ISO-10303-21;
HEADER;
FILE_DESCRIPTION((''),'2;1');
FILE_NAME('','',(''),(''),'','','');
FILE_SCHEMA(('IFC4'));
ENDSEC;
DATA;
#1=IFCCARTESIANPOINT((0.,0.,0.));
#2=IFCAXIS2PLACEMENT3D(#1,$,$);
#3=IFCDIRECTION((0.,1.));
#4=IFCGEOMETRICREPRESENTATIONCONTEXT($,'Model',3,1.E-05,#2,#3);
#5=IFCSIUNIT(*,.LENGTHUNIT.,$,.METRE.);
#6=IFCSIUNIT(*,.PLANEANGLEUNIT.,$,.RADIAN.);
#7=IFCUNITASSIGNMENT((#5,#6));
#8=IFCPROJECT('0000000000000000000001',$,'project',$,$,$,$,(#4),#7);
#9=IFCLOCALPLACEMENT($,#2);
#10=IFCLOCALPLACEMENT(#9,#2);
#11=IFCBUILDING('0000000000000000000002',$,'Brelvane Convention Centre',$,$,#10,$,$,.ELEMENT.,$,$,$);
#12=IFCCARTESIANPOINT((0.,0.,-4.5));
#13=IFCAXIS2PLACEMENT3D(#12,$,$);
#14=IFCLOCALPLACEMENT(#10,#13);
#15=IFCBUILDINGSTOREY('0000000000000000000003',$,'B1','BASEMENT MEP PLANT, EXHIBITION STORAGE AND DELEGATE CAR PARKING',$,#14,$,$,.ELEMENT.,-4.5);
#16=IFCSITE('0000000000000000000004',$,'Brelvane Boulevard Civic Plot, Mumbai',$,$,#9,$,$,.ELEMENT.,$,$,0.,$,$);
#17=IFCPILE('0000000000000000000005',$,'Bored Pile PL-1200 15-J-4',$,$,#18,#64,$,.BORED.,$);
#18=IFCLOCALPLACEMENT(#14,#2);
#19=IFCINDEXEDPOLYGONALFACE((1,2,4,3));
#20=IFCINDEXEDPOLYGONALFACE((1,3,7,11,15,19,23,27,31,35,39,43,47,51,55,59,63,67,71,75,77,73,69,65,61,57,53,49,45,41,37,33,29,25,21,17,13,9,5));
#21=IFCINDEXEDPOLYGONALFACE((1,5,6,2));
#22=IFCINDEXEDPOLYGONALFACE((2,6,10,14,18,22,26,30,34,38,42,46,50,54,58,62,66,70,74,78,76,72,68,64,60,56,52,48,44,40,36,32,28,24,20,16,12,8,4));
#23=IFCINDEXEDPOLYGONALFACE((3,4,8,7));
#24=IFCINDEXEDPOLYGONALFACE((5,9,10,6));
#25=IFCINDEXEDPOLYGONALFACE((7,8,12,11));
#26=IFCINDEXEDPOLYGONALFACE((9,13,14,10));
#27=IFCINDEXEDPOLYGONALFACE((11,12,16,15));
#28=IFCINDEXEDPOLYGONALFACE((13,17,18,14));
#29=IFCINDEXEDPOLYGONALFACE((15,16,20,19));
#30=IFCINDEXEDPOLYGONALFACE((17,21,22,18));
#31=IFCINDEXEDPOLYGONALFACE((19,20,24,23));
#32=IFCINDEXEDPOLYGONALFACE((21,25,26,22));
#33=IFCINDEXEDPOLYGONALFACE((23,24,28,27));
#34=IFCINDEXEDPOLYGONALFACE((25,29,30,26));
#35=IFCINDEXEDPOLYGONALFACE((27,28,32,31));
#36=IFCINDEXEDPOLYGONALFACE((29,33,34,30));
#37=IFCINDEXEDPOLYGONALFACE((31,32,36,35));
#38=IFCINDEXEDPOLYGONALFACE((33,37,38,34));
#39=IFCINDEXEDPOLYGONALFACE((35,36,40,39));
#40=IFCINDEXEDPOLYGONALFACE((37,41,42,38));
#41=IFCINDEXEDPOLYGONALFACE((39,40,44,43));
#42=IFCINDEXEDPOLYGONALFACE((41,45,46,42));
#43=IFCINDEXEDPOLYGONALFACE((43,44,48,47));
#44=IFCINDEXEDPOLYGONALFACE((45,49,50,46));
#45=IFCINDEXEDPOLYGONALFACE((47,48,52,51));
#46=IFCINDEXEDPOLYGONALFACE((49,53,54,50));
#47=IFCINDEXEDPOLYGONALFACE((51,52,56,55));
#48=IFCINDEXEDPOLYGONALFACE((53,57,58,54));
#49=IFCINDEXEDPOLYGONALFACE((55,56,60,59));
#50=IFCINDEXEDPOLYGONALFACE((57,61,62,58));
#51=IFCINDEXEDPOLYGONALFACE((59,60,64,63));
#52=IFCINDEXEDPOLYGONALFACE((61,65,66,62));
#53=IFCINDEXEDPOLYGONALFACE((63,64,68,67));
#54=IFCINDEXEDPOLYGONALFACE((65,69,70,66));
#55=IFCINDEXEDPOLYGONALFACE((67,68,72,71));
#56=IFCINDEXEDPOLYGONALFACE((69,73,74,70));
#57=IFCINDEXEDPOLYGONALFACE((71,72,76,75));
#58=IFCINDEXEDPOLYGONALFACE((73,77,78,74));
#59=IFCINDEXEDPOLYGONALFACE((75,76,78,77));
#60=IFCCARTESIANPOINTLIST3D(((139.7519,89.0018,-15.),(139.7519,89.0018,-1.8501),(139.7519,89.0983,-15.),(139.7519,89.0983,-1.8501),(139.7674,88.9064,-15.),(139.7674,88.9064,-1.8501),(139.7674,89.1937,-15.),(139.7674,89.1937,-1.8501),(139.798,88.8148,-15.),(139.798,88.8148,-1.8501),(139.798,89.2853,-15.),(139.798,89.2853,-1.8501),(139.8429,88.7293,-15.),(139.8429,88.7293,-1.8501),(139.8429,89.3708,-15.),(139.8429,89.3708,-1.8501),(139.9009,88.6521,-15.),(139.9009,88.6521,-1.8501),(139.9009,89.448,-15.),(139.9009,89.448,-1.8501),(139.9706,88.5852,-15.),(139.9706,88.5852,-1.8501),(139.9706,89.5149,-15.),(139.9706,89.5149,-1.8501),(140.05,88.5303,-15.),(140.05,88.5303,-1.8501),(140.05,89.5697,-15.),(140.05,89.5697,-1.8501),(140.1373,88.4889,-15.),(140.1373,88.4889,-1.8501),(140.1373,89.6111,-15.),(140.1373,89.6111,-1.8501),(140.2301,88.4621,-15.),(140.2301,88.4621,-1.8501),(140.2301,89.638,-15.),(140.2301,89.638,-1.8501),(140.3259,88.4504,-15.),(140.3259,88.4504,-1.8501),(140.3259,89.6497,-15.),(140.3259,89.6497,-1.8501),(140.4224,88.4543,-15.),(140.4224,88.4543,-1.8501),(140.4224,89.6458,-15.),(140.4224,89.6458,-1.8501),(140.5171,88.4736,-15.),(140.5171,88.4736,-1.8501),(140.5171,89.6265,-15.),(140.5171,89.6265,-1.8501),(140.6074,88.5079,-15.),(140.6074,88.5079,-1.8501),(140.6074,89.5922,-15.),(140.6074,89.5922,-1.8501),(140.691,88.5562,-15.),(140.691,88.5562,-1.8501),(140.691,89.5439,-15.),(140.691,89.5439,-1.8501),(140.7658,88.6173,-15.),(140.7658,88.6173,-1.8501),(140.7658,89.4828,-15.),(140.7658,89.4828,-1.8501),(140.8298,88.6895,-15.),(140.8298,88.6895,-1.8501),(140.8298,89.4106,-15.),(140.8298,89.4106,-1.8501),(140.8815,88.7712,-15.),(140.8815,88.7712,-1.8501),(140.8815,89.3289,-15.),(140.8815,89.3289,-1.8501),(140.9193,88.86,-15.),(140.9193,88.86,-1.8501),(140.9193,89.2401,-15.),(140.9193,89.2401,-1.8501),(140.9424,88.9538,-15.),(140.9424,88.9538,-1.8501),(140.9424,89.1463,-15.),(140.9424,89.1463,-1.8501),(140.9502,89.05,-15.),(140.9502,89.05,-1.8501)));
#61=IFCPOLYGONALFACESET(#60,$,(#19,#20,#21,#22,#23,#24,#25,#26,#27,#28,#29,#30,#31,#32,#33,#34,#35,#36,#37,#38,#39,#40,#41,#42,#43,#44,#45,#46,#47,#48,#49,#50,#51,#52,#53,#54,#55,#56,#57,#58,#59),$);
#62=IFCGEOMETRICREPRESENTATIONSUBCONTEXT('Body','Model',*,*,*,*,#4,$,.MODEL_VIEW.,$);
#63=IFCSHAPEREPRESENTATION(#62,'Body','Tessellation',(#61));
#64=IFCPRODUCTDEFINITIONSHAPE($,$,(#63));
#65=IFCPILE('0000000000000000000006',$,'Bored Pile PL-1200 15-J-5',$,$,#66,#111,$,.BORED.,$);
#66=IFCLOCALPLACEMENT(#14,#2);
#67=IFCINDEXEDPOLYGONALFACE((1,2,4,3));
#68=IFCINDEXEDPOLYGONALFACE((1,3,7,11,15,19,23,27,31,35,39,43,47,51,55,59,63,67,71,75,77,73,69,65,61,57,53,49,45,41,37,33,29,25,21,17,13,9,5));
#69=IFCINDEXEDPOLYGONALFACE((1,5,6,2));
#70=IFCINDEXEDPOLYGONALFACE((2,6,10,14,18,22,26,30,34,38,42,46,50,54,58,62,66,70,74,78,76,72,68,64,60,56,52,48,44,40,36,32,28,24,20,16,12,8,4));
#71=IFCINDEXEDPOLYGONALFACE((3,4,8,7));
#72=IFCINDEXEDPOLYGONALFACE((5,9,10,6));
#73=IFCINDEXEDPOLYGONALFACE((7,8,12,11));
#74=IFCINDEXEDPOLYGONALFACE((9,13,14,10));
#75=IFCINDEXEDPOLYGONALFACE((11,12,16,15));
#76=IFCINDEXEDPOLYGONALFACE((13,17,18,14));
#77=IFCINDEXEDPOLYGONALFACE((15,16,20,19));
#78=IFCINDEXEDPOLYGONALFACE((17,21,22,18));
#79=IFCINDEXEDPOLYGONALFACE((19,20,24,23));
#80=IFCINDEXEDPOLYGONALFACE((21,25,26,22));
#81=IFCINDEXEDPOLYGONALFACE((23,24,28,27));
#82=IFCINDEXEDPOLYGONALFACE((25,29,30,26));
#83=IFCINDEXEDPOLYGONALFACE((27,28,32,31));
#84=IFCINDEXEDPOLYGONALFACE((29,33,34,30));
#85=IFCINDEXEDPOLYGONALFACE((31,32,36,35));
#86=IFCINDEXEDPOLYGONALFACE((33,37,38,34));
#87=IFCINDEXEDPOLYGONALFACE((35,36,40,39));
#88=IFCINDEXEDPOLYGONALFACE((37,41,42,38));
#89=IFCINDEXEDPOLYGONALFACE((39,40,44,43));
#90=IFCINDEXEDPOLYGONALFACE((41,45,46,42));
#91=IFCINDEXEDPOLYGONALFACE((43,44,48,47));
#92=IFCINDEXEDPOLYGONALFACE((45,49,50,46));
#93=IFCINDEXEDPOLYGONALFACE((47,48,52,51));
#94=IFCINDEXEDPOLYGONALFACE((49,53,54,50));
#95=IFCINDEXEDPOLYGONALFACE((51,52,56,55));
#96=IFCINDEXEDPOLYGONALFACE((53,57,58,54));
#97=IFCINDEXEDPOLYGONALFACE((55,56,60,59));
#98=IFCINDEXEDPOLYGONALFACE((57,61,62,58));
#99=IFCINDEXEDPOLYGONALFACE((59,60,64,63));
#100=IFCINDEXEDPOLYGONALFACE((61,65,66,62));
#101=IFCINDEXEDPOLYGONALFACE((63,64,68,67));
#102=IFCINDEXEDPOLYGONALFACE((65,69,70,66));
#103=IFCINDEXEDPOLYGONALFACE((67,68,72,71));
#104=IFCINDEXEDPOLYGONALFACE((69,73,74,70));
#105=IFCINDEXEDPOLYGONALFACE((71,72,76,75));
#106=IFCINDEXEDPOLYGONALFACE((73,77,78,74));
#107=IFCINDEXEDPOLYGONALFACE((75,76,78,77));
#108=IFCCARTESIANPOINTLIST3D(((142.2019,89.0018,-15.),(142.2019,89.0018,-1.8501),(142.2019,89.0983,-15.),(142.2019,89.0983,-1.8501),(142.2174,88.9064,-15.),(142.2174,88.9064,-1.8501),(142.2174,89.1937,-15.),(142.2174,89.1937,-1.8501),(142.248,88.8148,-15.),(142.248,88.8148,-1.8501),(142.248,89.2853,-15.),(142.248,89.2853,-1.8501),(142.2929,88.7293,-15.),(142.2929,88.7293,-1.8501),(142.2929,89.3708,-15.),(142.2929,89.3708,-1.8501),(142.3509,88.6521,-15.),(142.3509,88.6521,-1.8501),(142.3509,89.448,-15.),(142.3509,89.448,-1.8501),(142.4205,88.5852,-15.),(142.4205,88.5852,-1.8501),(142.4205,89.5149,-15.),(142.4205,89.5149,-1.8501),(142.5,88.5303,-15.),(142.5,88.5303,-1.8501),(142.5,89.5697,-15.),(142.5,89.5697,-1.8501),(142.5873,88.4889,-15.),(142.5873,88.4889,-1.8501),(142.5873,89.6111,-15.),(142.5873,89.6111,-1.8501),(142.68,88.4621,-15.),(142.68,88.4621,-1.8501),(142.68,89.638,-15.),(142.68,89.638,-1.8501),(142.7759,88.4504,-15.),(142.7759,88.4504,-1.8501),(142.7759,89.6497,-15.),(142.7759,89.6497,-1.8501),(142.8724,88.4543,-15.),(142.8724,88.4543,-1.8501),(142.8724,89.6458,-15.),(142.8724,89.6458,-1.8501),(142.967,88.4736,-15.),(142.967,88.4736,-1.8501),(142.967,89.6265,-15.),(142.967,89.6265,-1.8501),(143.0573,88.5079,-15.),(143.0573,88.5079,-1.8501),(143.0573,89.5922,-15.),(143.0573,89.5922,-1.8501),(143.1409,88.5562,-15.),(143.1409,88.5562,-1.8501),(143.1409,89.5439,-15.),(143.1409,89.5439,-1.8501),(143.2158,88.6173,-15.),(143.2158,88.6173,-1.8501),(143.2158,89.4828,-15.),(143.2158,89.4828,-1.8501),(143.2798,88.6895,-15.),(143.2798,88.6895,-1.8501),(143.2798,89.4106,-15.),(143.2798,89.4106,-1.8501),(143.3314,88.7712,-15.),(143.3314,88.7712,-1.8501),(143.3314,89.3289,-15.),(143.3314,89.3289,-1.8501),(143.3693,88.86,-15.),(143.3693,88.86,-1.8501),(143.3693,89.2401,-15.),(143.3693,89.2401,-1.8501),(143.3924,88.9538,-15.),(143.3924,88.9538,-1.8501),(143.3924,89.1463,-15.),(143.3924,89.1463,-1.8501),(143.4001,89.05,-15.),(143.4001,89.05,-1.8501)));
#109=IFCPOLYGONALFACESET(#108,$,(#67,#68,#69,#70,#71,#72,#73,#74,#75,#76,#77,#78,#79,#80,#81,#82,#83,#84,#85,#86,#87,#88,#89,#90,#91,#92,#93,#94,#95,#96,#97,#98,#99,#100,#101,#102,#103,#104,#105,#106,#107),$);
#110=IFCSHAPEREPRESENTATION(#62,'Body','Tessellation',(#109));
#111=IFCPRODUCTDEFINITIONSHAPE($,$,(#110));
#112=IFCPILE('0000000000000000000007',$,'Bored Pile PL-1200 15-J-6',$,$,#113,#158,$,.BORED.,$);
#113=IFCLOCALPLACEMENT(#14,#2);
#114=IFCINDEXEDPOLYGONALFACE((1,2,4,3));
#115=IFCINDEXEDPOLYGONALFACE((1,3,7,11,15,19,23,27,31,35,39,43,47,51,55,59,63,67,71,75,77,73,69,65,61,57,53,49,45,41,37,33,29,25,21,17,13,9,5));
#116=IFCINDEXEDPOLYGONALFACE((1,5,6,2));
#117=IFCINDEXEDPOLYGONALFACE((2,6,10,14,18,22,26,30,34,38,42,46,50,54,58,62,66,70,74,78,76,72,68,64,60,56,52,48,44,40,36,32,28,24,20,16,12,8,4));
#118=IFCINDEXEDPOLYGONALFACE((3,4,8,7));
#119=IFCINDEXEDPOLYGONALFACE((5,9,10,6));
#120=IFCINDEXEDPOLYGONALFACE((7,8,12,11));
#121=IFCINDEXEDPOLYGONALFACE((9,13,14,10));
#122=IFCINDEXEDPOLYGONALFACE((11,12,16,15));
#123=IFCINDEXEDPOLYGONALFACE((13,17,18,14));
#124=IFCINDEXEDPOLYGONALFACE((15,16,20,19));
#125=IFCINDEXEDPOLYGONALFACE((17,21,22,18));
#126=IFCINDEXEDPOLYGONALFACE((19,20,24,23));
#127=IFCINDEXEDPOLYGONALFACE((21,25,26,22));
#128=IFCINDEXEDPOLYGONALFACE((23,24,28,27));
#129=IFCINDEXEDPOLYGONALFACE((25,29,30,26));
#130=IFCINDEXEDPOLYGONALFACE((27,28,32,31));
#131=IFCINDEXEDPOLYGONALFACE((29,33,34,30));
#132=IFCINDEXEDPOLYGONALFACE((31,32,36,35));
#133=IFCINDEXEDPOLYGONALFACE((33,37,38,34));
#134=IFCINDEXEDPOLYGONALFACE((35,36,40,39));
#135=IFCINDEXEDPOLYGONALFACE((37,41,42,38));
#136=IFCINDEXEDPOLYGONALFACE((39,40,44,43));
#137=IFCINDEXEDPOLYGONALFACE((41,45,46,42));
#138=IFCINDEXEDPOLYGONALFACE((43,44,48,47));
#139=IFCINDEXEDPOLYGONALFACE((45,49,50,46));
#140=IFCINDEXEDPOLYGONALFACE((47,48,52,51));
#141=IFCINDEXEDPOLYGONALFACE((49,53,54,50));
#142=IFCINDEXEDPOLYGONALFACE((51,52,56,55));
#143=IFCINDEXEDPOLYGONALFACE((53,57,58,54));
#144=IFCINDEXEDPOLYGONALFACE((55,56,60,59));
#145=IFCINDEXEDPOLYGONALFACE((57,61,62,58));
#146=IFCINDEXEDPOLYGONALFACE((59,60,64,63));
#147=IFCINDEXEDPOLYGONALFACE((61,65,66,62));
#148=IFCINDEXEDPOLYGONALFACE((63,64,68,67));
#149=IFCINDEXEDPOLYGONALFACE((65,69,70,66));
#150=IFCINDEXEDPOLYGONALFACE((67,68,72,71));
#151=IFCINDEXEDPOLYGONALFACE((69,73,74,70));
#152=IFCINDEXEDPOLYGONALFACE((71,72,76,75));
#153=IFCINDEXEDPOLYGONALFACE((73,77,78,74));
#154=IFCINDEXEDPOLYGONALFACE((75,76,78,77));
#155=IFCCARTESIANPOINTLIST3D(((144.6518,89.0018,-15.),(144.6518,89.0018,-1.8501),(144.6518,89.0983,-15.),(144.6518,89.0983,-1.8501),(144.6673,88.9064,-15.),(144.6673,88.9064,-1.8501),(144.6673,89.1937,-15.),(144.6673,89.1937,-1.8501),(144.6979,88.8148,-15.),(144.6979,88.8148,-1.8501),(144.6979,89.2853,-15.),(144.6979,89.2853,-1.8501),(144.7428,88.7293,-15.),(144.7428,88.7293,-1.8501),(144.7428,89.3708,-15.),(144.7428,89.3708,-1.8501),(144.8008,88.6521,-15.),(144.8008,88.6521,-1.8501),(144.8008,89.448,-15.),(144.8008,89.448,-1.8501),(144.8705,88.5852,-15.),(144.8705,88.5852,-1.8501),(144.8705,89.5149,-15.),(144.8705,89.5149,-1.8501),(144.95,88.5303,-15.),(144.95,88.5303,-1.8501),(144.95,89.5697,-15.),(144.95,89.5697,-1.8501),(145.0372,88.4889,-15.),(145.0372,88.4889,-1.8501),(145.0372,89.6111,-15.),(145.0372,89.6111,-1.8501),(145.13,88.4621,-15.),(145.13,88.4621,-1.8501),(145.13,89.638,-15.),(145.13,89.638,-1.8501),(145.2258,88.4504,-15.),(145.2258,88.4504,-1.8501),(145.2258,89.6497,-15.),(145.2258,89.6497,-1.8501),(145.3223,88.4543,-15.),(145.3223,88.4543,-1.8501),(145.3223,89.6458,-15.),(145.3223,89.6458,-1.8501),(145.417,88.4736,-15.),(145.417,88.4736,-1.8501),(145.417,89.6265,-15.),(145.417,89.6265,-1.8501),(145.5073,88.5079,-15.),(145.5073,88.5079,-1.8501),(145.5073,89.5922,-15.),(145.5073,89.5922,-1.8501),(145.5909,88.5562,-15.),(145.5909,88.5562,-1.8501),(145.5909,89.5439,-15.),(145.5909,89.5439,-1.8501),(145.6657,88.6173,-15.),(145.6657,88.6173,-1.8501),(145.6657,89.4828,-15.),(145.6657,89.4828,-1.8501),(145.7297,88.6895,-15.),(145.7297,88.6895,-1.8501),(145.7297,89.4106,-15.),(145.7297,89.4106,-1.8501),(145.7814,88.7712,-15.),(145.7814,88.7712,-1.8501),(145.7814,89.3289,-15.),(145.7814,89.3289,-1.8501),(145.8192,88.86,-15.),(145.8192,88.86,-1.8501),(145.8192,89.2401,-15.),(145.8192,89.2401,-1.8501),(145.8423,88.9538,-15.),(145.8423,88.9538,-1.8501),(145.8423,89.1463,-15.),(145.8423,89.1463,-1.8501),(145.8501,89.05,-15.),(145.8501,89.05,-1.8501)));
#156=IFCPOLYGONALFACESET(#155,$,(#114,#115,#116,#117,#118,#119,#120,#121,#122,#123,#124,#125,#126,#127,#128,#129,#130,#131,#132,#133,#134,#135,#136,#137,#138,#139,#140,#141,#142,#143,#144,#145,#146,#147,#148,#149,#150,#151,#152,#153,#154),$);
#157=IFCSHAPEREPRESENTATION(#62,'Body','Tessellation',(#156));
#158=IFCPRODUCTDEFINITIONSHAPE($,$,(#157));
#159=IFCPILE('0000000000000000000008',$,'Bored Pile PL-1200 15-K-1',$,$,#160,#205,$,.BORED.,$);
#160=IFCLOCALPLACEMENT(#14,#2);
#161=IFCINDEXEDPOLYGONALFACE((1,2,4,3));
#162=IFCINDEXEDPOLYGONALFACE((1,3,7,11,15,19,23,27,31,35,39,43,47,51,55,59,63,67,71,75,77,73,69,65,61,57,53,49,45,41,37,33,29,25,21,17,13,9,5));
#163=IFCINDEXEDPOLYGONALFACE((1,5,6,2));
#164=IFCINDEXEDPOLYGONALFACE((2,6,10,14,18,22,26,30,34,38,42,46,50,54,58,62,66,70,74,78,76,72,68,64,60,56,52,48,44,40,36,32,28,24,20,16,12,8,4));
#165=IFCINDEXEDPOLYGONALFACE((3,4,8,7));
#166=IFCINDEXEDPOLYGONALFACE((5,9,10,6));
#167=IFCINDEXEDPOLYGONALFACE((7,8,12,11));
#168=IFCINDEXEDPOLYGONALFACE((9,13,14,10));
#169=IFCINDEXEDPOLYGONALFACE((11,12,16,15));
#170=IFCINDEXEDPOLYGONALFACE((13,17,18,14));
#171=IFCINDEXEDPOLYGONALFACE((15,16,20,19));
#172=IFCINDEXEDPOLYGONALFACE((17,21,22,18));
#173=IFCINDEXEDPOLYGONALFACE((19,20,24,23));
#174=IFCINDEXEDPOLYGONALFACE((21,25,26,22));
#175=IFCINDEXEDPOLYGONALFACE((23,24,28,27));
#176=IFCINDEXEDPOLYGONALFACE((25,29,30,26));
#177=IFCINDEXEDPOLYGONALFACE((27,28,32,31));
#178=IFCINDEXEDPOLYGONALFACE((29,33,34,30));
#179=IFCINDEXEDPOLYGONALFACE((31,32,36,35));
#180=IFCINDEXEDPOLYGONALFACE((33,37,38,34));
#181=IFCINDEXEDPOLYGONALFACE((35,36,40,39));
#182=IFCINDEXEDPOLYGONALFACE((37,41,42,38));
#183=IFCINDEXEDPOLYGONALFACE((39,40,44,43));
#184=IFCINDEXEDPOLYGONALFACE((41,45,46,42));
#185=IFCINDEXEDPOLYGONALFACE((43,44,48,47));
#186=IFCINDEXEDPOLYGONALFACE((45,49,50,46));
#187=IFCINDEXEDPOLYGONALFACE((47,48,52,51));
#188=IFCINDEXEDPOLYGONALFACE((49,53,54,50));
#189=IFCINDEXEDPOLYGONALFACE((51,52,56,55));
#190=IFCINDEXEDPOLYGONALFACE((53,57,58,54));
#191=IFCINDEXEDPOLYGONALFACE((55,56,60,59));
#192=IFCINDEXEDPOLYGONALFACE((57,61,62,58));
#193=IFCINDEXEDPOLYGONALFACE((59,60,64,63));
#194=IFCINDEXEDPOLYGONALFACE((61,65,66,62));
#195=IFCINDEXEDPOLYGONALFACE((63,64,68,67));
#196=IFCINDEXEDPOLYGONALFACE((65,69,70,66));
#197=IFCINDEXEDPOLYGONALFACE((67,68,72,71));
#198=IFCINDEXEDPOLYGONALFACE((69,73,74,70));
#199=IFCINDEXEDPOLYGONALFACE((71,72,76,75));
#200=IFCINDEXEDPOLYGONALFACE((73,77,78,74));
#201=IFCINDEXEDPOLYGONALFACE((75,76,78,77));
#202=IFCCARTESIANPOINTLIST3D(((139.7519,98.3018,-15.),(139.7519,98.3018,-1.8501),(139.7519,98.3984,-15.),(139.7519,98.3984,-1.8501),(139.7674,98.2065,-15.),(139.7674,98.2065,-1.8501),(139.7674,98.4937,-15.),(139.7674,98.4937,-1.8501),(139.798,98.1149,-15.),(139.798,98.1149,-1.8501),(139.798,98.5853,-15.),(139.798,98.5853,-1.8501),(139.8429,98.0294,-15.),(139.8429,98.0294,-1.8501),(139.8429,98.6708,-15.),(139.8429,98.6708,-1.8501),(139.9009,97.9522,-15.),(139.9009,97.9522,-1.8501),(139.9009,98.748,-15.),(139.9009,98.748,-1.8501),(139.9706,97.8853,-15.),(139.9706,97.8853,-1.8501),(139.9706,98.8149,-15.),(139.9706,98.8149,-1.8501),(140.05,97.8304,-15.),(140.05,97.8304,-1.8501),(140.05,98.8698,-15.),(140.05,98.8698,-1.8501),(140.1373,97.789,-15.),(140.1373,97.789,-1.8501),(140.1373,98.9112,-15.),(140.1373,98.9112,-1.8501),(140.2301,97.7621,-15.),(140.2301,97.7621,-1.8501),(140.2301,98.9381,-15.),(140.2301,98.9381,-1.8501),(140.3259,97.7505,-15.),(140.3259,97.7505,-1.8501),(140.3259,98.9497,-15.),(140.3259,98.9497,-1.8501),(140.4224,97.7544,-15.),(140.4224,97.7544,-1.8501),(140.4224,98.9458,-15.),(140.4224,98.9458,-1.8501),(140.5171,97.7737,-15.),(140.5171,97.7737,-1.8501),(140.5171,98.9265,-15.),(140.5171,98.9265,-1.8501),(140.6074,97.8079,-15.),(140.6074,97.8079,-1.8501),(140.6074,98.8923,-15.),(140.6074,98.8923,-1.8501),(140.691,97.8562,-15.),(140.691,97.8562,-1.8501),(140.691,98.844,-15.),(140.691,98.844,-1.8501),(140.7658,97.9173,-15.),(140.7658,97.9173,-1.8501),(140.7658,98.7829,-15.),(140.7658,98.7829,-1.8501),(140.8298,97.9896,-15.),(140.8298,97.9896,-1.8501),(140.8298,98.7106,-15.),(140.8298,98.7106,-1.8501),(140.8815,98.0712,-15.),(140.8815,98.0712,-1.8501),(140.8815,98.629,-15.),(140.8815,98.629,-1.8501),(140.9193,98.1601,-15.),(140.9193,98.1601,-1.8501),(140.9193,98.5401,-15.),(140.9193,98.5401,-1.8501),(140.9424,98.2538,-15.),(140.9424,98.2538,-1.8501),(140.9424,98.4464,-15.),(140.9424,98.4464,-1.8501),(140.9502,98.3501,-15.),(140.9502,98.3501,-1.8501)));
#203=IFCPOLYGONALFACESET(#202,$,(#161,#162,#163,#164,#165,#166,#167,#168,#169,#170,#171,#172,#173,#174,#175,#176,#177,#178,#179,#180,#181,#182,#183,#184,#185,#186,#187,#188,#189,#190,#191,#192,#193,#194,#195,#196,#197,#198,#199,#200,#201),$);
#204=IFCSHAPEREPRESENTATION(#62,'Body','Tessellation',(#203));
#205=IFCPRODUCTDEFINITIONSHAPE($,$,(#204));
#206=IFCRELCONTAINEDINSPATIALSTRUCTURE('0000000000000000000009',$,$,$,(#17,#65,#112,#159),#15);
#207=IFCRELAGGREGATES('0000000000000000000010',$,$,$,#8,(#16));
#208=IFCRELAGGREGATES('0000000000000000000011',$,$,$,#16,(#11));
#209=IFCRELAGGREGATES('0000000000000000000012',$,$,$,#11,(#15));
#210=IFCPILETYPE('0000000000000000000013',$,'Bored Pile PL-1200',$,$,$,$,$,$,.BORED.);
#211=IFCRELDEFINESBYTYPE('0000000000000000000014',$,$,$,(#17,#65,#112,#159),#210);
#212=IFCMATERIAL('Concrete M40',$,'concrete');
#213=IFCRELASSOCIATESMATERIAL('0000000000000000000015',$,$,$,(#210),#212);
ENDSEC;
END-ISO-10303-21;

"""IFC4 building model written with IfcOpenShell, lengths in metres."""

from ifc_helpers import new_model, si_unit, direction, frame, origin, origin_2d, place, context, subcontext, project, spatial, circle, extrude, material, material_profile, profile_set, type_object, element, save


model = new_model("IFC4")

# Units and contexts
model_context = context("Model", 3, precision=1e-05, world=origin(), true_north=direction((0.0, 1.0)))
body_context = subcontext(model_context, "Body", "Model", "MODEL_VIEW")
ifc_project = project(units=[si_unit("LENGTHUNIT", "METRE"), si_unit("PLANEANGLEUNIT", "RADIAN")], contexts=[model_context])

# Site, building, storey
site_placement = place(None, origin())
site = spatial("IfcSite", under=ifc_project, at=site_placement, Name="Brelvane Boulevard Civic Plot, Mumbai", CompositionType="ELEMENT", RefElevation=0.0)
building_placement = place(site_placement, origin())
building = spatial("IfcBuilding", under=site, at=building_placement, Name="Brelvane Convention Centre", CompositionType="ELEMENT")
storey_placement = place(building_placement, frame((0.0, 0.0, -4.5)))
storey = spatial("IfcBuildingStorey", under=building, at=storey_placement, Name="B1", Description="BASEMENT MEP PLANT, EXHIBITION STORAGE AND DELEGATE CAR PARKING", CompositionType="ELEMENT", Elevation=-4.5)

# Piles
ifc_material_1 = material(Name="Concrete M40", Category="concrete")
ifc_material_profile_1 = material_profile(ifc_material_1, circle(Radius=0.6001, at=origin_2d()), Name="PILE D1200")
ifc_profile_set_1 = profile_set([ifc_material_profile_1], Name="Concrete M40")
pile_type_1 = type_object("IfcPileType", Name="Bored Pile PL-1200", PredefinedType="BORED", material=ifc_profile_set_1)
for number, where, z_axis, x_axis, name in (
    (1, (140.3501, 89.05, -1.8501), (0.0, 0.0, -1.0), (1.0, 0.0, 0.0), "Bored Pile PL-1200 15-J-4"),
    (2, (142.8, 89.05, -1.8501), (0.0, 0.0, -1.0), (1.0, 0.0, 0.0), "Bored Pile PL-1200 15-J-5"),
    (3, (145.25, 89.05, -1.8501), (0.0, 0.0, -1.0), (1.0, 0.0, 0.0), "Bored Pile PL-1200 15-J-6"),
    (4, (140.3501, 98.3501, -1.8501), (0.0, 0.0, -1.0), (1.0, 0.0, 0.0), "Bored Pile PL-1200 15-K-1"),
):
    element("IfcPile", number, at=place(storey_placement, frame(where, z_axis=z_axis, x_axis=x_axis)), inside=storey, type_object=pile_type_1, Name=name, PredefinedType="BORED", context=body_context, shape_type="SweptSolid", body=[
        extrude(circle(Radius=0.6001, at=origin_2d()), origin(), (0.0, 0.0, 1.0), 13.1499),
    ])

save(model, "model.ifc")
